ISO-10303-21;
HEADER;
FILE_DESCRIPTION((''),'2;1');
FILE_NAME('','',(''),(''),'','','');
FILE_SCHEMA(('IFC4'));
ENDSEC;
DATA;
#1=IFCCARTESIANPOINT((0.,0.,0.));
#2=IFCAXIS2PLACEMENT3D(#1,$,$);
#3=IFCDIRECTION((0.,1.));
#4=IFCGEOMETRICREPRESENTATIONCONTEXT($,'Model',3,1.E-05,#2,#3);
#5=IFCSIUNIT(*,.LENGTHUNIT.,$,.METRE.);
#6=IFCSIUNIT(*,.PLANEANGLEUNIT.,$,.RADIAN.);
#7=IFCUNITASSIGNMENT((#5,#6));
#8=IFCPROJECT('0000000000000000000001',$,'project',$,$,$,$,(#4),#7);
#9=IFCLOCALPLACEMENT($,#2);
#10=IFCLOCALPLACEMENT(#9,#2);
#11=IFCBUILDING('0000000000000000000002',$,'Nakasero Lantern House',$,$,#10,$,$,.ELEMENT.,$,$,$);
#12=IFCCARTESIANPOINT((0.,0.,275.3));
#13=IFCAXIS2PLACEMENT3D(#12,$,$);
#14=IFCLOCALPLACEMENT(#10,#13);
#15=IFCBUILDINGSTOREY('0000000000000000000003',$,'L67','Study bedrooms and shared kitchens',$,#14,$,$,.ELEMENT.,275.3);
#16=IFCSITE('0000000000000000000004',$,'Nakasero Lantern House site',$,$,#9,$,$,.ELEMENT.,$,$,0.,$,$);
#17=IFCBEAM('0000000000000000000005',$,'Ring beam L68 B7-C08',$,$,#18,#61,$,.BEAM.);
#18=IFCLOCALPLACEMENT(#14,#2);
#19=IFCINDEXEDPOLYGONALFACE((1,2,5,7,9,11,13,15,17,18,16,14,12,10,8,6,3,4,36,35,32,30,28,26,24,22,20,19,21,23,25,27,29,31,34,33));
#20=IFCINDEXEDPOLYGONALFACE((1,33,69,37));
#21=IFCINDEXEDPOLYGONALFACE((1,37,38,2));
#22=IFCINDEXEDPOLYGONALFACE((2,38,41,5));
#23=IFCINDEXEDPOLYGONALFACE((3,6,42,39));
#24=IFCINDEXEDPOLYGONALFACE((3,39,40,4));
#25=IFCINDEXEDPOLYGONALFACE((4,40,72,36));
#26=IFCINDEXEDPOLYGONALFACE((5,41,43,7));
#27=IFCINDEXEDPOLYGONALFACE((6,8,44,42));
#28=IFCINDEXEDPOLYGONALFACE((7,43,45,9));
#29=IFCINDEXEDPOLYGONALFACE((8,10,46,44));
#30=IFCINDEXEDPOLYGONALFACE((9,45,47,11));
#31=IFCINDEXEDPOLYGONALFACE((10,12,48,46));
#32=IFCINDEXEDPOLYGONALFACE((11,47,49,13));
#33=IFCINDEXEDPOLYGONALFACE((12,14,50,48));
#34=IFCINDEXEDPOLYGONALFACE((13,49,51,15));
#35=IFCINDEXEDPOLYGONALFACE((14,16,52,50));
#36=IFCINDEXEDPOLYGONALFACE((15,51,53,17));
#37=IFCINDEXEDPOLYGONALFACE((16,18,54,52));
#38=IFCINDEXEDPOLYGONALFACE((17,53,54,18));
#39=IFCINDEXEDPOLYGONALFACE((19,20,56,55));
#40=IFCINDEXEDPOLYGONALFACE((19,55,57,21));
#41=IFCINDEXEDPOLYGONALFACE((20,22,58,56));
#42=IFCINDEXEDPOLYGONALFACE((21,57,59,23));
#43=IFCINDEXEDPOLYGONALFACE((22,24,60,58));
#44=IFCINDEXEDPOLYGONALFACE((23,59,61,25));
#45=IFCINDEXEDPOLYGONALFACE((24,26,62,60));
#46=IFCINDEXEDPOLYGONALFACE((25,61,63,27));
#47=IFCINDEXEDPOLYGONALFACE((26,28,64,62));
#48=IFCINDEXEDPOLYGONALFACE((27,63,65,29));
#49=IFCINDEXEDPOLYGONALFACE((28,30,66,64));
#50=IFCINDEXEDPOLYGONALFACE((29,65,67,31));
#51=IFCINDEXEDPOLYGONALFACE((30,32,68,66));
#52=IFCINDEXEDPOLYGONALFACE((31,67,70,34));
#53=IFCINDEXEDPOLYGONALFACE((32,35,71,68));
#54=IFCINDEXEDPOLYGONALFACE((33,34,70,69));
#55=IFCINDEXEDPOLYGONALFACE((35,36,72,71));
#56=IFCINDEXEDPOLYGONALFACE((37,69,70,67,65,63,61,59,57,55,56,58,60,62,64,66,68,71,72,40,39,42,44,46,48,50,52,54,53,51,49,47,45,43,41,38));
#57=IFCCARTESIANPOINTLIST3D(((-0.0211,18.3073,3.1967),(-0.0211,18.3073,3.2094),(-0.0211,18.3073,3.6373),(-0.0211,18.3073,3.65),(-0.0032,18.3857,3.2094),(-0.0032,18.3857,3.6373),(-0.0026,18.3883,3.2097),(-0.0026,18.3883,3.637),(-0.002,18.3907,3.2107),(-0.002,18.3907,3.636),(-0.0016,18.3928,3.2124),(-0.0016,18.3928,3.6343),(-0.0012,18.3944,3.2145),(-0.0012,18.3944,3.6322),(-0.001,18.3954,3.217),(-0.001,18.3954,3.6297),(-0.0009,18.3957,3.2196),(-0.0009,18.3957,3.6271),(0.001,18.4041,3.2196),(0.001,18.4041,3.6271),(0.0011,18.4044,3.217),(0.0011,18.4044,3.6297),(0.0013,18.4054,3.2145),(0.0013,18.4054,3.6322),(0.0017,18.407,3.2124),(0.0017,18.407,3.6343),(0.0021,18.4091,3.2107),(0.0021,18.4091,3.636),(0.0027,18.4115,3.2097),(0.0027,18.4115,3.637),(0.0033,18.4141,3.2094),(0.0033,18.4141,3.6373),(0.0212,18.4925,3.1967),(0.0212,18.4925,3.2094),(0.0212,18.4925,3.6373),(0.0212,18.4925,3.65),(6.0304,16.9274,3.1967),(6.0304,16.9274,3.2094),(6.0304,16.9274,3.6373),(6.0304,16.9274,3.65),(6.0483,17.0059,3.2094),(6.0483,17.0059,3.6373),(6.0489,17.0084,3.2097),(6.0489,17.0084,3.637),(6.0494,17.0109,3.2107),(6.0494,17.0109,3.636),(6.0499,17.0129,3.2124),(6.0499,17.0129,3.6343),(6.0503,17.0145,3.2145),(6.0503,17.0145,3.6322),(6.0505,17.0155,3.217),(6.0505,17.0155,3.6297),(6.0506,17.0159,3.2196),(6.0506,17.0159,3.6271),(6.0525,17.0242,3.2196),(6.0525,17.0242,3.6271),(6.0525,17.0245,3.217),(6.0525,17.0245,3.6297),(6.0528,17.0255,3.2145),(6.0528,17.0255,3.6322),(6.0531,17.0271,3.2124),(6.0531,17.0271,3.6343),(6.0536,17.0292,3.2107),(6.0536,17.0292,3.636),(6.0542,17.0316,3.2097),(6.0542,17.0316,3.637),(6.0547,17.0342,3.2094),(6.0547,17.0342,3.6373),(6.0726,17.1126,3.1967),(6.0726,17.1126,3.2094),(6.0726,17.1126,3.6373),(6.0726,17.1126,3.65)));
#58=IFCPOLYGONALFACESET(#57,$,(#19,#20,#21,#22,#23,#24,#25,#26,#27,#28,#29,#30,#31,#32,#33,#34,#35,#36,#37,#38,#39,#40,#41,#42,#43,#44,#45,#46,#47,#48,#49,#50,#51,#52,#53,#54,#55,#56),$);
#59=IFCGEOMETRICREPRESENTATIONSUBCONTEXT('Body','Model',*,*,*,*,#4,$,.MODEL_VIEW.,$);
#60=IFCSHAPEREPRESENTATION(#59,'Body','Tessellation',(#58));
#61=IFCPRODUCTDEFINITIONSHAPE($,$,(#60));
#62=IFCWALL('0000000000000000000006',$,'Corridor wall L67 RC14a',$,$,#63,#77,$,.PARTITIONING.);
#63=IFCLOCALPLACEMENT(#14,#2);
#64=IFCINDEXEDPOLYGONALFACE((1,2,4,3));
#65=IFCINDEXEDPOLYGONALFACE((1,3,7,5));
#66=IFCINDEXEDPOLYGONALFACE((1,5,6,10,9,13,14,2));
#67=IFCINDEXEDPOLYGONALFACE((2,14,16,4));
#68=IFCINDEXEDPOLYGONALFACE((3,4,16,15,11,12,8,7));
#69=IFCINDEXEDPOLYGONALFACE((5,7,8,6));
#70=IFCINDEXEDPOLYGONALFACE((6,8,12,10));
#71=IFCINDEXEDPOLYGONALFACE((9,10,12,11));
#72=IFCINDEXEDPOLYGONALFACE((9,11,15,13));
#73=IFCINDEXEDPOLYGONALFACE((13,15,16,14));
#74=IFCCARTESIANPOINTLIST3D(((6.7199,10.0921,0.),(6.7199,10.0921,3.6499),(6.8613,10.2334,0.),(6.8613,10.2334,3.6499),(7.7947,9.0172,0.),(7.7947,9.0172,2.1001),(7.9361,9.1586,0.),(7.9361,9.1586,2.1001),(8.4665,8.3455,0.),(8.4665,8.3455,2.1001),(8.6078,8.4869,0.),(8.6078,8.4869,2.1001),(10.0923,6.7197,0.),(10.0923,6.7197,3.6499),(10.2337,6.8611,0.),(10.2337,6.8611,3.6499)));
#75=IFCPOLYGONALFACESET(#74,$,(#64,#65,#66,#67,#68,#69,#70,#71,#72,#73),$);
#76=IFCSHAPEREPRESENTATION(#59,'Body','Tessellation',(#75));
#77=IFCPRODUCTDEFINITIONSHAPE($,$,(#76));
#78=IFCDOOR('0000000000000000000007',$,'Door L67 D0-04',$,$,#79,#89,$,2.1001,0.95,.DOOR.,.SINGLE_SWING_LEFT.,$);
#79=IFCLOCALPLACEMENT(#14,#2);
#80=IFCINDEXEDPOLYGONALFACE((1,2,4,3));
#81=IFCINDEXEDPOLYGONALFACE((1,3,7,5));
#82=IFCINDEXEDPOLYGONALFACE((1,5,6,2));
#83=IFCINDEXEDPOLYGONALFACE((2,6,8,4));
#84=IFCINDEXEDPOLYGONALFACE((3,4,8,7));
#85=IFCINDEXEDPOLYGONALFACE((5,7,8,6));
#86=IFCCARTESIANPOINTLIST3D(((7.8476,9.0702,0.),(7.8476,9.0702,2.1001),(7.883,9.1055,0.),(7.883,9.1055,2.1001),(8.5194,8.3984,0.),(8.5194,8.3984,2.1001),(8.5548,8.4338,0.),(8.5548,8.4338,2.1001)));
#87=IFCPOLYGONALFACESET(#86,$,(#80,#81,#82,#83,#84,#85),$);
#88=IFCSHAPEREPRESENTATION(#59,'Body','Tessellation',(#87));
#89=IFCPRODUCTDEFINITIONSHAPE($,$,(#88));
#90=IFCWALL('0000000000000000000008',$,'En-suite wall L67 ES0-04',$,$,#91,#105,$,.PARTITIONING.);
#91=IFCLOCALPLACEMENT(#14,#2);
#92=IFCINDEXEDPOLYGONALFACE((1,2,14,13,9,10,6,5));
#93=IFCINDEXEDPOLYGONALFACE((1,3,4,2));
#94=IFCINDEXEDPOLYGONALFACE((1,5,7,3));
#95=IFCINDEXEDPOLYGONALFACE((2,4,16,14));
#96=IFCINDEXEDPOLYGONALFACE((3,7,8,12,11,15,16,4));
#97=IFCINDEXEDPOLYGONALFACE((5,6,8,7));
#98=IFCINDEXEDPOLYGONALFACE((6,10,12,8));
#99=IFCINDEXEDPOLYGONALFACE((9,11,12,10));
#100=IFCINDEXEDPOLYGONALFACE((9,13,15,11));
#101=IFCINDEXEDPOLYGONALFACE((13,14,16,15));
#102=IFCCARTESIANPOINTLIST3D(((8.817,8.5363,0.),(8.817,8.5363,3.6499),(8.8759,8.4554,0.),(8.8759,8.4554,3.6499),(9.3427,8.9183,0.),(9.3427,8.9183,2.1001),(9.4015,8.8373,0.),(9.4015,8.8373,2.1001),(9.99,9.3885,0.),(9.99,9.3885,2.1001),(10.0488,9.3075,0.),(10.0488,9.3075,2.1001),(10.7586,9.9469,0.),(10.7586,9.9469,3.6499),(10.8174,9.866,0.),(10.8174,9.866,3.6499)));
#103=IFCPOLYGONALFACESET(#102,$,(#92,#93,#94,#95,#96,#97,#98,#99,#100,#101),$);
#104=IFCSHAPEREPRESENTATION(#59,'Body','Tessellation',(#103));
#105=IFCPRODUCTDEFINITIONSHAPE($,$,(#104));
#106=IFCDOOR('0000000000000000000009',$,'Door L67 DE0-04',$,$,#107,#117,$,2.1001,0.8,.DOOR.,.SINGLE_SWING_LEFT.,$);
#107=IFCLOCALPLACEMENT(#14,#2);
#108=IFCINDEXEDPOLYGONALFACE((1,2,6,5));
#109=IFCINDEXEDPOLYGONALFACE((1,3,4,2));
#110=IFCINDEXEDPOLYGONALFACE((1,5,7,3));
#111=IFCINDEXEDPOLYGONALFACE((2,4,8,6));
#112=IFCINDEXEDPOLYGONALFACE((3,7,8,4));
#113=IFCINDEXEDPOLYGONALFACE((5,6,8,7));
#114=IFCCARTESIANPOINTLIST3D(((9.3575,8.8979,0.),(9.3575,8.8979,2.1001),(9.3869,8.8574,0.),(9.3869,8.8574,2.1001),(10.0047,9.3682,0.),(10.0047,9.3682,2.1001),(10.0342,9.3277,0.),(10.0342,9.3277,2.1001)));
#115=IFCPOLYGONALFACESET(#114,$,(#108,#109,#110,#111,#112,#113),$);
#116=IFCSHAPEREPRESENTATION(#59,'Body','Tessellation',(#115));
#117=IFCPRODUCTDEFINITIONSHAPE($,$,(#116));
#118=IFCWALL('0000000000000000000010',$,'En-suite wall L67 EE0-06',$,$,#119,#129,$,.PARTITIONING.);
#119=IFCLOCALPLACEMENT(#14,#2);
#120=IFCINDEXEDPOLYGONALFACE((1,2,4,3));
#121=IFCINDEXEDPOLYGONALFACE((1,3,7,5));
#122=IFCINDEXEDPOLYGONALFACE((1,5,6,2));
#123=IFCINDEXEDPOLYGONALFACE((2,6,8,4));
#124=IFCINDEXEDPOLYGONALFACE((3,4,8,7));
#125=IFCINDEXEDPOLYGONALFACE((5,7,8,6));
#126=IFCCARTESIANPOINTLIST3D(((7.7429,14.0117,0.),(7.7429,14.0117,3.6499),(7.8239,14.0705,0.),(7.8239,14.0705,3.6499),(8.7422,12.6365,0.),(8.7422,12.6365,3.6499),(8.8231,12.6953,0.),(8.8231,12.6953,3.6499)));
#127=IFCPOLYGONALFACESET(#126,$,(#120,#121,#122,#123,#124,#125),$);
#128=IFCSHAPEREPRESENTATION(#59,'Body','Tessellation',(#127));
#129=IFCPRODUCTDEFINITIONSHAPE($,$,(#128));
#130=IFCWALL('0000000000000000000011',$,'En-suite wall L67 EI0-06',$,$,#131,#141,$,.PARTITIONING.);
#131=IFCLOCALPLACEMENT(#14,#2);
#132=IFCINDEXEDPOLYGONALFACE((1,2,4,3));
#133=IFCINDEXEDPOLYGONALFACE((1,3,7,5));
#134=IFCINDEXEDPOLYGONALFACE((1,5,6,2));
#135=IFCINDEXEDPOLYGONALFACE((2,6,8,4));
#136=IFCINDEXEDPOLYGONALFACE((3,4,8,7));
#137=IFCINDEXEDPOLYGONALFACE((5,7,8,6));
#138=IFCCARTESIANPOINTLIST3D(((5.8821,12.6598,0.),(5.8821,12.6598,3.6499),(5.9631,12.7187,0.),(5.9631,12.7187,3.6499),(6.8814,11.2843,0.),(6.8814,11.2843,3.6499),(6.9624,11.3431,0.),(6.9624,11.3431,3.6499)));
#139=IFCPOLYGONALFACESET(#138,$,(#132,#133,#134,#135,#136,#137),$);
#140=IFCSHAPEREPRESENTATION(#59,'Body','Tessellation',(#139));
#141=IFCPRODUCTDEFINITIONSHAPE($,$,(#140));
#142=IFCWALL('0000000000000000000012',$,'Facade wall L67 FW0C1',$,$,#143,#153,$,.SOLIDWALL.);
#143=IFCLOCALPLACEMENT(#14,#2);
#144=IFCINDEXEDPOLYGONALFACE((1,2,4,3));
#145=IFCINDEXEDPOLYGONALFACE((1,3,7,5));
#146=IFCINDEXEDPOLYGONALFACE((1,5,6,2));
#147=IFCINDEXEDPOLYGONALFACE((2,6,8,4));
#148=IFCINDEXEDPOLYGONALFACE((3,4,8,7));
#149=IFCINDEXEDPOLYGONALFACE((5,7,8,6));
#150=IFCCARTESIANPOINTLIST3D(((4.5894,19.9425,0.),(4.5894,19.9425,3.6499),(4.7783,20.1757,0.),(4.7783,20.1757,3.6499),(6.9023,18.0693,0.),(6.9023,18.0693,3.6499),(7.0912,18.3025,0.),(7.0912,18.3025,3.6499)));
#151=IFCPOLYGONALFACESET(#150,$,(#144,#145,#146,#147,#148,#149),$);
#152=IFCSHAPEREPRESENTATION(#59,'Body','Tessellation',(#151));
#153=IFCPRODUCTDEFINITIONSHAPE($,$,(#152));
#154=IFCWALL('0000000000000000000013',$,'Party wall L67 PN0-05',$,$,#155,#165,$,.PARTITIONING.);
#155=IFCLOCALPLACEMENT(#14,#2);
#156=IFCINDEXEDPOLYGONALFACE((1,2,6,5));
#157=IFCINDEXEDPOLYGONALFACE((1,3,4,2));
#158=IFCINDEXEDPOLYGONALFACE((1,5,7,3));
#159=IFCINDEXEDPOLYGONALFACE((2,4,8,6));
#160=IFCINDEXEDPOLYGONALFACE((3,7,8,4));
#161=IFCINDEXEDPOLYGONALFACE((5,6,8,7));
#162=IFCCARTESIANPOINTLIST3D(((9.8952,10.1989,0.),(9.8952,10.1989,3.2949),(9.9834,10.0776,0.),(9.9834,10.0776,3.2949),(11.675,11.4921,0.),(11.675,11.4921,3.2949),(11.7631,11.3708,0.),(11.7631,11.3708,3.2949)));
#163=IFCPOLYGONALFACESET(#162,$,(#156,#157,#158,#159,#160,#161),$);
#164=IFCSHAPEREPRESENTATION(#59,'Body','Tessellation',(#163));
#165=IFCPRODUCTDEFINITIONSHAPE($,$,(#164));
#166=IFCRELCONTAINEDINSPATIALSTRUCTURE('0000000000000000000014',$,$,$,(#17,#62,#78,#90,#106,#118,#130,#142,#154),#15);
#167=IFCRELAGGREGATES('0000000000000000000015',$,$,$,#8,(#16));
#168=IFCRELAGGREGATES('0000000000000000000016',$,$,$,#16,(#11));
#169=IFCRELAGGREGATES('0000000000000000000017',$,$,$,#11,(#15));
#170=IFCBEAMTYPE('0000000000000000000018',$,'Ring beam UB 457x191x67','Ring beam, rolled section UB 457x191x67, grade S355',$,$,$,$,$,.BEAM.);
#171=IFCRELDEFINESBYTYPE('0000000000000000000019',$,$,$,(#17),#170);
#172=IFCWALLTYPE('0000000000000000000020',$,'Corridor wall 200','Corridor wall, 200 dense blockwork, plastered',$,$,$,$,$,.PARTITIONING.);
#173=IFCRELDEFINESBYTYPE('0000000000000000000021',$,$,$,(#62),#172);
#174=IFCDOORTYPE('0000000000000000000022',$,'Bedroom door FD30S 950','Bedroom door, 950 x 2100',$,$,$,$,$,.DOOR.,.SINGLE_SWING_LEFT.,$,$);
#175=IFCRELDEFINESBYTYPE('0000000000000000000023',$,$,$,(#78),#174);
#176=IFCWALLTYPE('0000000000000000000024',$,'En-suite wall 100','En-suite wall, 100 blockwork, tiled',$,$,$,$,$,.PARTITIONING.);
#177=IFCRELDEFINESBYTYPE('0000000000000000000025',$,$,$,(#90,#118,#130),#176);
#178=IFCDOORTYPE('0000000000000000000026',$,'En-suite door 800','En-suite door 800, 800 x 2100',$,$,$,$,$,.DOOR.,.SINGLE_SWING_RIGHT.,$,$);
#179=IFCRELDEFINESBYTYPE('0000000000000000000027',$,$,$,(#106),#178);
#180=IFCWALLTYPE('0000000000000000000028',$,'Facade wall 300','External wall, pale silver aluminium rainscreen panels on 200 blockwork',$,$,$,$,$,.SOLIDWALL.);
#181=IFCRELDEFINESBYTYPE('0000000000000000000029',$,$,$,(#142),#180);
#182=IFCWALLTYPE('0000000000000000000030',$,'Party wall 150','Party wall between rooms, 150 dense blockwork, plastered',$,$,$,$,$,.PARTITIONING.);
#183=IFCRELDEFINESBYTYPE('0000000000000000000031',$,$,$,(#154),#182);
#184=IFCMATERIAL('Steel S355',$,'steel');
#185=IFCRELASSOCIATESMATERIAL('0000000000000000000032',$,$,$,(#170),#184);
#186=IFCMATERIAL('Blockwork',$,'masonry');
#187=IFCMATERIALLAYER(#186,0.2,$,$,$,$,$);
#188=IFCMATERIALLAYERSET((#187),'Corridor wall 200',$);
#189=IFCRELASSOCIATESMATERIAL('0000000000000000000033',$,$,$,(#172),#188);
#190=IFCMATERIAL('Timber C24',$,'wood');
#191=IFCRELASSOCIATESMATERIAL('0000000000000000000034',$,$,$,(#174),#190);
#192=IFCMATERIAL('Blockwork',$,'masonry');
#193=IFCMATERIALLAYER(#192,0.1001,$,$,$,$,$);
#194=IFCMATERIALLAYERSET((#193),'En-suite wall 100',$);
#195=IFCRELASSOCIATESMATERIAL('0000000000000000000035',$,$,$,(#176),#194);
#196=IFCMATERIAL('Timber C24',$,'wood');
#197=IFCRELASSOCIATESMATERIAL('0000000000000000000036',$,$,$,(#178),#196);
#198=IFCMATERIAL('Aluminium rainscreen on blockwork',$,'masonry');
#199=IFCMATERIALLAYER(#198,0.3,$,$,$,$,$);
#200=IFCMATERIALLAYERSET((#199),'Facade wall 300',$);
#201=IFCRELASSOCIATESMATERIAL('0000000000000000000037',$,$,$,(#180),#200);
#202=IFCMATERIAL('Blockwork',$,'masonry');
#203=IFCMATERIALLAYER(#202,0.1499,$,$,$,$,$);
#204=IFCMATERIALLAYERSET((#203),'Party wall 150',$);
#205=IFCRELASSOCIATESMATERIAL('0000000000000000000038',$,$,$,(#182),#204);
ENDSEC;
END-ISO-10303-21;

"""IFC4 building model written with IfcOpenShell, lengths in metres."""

from ifc_helpers import new_model, si_unit, direction, frame, frame_2d, origin, origin_2d, place, context, subcontext, project, spatial, rectangle, i_section, extrude, material, layer, layer_set, material_profile, profile_set, type_object, element, fill, save


model = new_model("IFC4")

# Units and contexts
model_context = context("Model", 3, precision=1e-05, world=origin(), true_north=direction((0.0, 1.0)))
body_context = subcontext(model_context, "Body", "Model", "MODEL_VIEW")
ifc_project = project(units=[si_unit("LENGTHUNIT", "METRE"), si_unit("PLANEANGLEUNIT", "RADIAN")], contexts=[model_context])

# Site, building, storey
site_placement = place(None, origin())
site = spatial("IfcSite", under=ifc_project, at=site_placement, Name="Nakasero Lantern House site", CompositionType="ELEMENT", RefElevation=0.0)
building_placement = place(site_placement, origin())
building = spatial("IfcBuilding", under=site, at=building_placement, Name="Nakasero Lantern House", CompositionType="ELEMENT")
storey_placement = place(building_placement, frame((0.0, 0.0, 275.3)))
storey = spatial("IfcBuildingStorey", under=building, at=storey_placement, Name="L67", Description="Study bedrooms and shared kitchens", CompositionType="ELEMENT", Elevation=275.3)

# Beam
ifc_material_1 = material(Name="Steel S355", Category="steel")
ifc_material_profile_1 = material_profile(ifc_material_1, i_section(OverallWidth=0.1899, OverallDepth=0.4534, WebThickness=0.0085, FlangeThickness=0.0127, FilletRadius=0.0103, at=origin_2d()), Name="UB 457x191x67")
ifc_profile_set_1 = profile_set([ifc_material_profile_1], Name="Steel S355")
beam_type_1 = type_object("IfcBeamType", Name="Ring beam UB 457x191x67", Description="Ring beam, rolled section UB 457x191x67, grade S355", PredefinedType="BEAM", material=ifc_profile_set_1)
beam_1_placement = place(storey_placement, frame((6.0515, 17.02, 3.4233), z_axis=(-0.974975, 0.222316, 0.0), x_axis=(-0.222316, -0.974975, 0.0)))
element("IfcBeam", 1, at=beam_1_placement, inside=storey, type_object=beam_type_1, Name="Ring beam L68 B7-C08", PredefinedType="BEAM", context=body_context, shape_type="SweptSolid", body=[
    extrude(i_section(OverallWidth=0.1899, OverallDepth=0.4534, WebThickness=0.0085, FlangeThickness=0.0127, FilletRadius=0.0103, at=origin_2d()), origin(), (0.0, 0.0, 1.0), 6.2068),
])

# Walls, openings, doors
ifc_material_2 = material(Name="Blockwork", Category="masonry")
ifc_layer_1 = layer(ifc_material_2, 0.2)
ifc_layer_set_1 = layer_set([ifc_layer_1], Name="Corridor wall 200")
wall_type_1 = type_object("IfcWallType", Name="Corridor wall 200", Description="Corridor wall, 200 dense blockwork, plastered", PredefinedType="PARTITIONING", material=ifc_layer_set_1)
wall_1_placement = place(storey_placement, frame((6.7905, 10.1628, 0.0), z_axis=(0.0, 0.0, 1.0), x_axis=(0.707107, -0.707107, 0.0)))
wall_1 = element("IfcWall", 2, at=wall_1_placement, inside=storey, type_object=wall_type_1, Name="Corridor wall L67 RC14a", PredefinedType="PARTITIONING", context=body_context, shape_type="SweptSolid", body=[
    extrude(rectangle(XDim=4.7693, YDim=0.2, at=frame_2d((2.3848, 0.0))), origin(), (0.0, 0.0, 1.0), 3.6499),
])
opening_1_placement = place(wall_1_placement, frame((1.52, 0.0, 0.0)))
opening_1 = element("IfcOpeningElement", 3, at=opening_1_placement, cuts=wall_1, PredefinedType="OPENING", context=body_context, shape_type="SweptSolid", body=[
    extrude(rectangle(XDim=0.95, YDim=2.1001, at=frame_2d((0.4751, 1.05))), frame((0.0, 0.1199, 0.0), z_axis=(0.0, -1.0, 0.0), x_axis=(1.0, 0.0, 0.0)), (0.0, 0.0, 1.0), 0.24),
])
ifc_material_3 = material(Name="Timber C24", Category="wood")
door_type_1 = type_object("IfcDoorType", Name="Bedroom door FD30S 950", Description="Bedroom door, 950 x 2100", OperationType="SINGLE_SWING_LEFT", PredefinedType="DOOR", material=ifc_material_3)
door_1_placement = place(opening_1_placement, origin())
door_1 = element("IfcDoor", 4, at=door_1_placement, inside=storey, type_object=door_type_1, Name="Door L67 D0-04", OperationType="SINGLE_SWING_LEFT", OverallHeight=2.1001, OverallWidth=0.95, PredefinedType="DOOR", context=body_context, shape_type="SweptSolid", body=[
    extrude(rectangle(XDim=0.95, YDim=2.1001, at=frame_2d((0.4751, 1.05))), frame((0.0, 0.0249, 0.0), z_axis=(0.0, -1.0, 0.0), x_axis=(1.0, 0.0, 0.0)), (0.0, 0.0, 1.0), 0.05),
])
fill(opening_1, door_1)
ifc_material_4 = material(Name="Blockwork", Category="masonry")
ifc_layer_2 = layer(ifc_material_4, 0.1001)
ifc_layer_set_2 = layer_set([ifc_layer_2], Name="En-suite wall 100")
wall_type_2 = type_object("IfcWallType", Name="En-suite wall 100", Description="En-suite wall, 100 blockwork, tiled", PredefinedType="PARTITIONING", material=ifc_layer_set_2)
wall_2_placement = place(storey_placement, frame((8.8464, 8.4958, 0.0), z_axis=(0.0, 0.0, 1.0), x_axis=(0.809026, 0.587772, 0.0)))
wall_2 = element("IfcWall", 5, at=wall_2_placement, inside=storey, type_object=wall_type_2, Name="En-suite wall L67 ES0-04", PredefinedType="PARTITIONING", context=body_context, shape_type="SweptSolid", body=[
    extrude(rectangle(XDim=2.3999, YDim=0.1001, at=frame_2d((1.2, 0.0))), origin(), (0.0, 0.0, 1.0), 3.6499),
])
opening_2_placement = place(wall_2_placement, frame((0.6499, 0.0, 0.0)))
opening_2 = element("IfcOpeningElement", 6, at=opening_2_placement, cuts=wall_2, PredefinedType="OPENING", context=body_context, shape_type="SweptSolid", body=[
    extrude(rectangle(XDim=0.8, YDim=2.1001, at=frame_2d((0.3999, 1.05))), frame((0.0, 0.0701, 0.0), z_axis=(0.0, -1.0, 0.0), x_axis=(1.0, 0.0, 0.0)), (0.0, 0.0, 1.0), 0.1401),
])
ifc_material_5 = material(Name="Timber C24", Category="wood")
door_type_2 = type_object("IfcDoorType", Name="En-suite door 800", Description="En-suite door 800, 800 x 2100", OperationType="SINGLE_SWING_RIGHT", PredefinedType="DOOR", material=ifc_material_5)
door_2_placement = place(opening_2_placement, origin())
door_2 = element("IfcDoor", 7, at=door_2_placement, inside=storey, type_object=door_type_2, Name="Door L67 DE0-04", OperationType="SINGLE_SWING_LEFT", OverallHeight=2.1001, OverallWidth=0.8, PredefinedType="DOOR", context=body_context, shape_type="SweptSolid", body=[
    extrude(rectangle(XDim=0.8, YDim=2.1001, at=frame_2d((0.3999, 1.05))), frame((0.0, 0.0249, 0.0), z_axis=(0.0, -1.0, 0.0), x_axis=(1.0, 0.0, 0.0)), (0.0, 0.0, 1.0), 0.05),
])
fill(opening_2, door_2)

# Walls
wall_3_placement = place(storey_placement, frame((8.7827, 12.6658, 0.0), z_axis=(0.0, 0.0, 1.0), x_axis=(-0.587822, 0.808991, 0.0)))
element("IfcWall", 8, at=wall_3_placement, inside=storey, type_object=wall_type_2, Name="En-suite wall L67 EE0-06", PredefinedType="PARTITIONING", context=body_context, shape_type="SweptSolid", body=[
    extrude(rectangle(XDim=1.7, YDim=0.1001, at=frame_2d((0.8501, 0.0))), origin(), (0.0, 0.0, 1.0), 3.6499),
])
wall_4_placement = place(storey_placement, frame((6.9219, 11.3137, 0.0), z_axis=(0.0, 0.0, 1.0), x_axis=(-0.587753, 0.80904, 0.0)))
element("IfcWall", 9, at=wall_4_placement, inside=storey, type_object=wall_type_2, Name="En-suite wall L67 EI0-06", PredefinedType="PARTITIONING", context=body_context, shape_type="SweptSolid", body=[
    extrude(rectangle(XDim=1.7002, YDim=0.1001, at=frame_2d((0.8501, 0.0))), origin(), (0.0, 0.0, 1.0), 3.6499),
])
ifc_material_6 = material(Name="Aluminium rainscreen on blockwork", Category="masonry")
ifc_layer_3 = layer(ifc_material_6, 0.3)
ifc_layer_set_3 = layer_set([ifc_layer_3], Name="Facade wall 300")
wall_type_3 = type_object("IfcWallType", Name="Facade wall 300", Description="External wall, pale silver aluminium rainscreen panels on 200 blockwork", PredefinedType="SOLIDWALL", material=ifc_layer_set_3)
wall_5_placement = place(storey_placement, frame((6.9968, 18.1858, 0.0), z_axis=(0.0, 0.0, 1.0), x_axis=(-0.777102, 0.629375, 0.0)))
element("IfcWall", 10, at=wall_5_placement, inside=storey, type_object=wall_type_3, Name="Facade wall L67 FW0C1", PredefinedType="SOLIDWALL", context=body_context, shape_type="SweptSolid", body=[
    extrude(rectangle(XDim=2.9763, YDim=0.3, at=frame_2d((1.4883, 0.0))), origin(), (0.0, 0.0, 1.0), 3.6499),
])
ifc_material_7 = material(Name="Blockwork", Category="masonry")
ifc_layer_4 = layer(ifc_material_7, 0.1499)
ifc_layer_set_4 = layer_set([ifc_layer_4], Name="Party wall 150")
wall_type_4 = type_object("IfcWallType", Name="Party wall 150", Description="Party wall between rooms, 150 dense blockwork, plastered", PredefinedType="PARTITIONING", material=ifc_layer_set_4)
wall_6_placement = place(storey_placement, frame((9.9392, 10.1382, 0.0), z_axis=(0.0, 0.0, 1.0), x_axis=(0.80899, 0.587822, 0.0)))
element("IfcWall", 11, at=wall_6_placement, inside=storey, type_object=wall_type_4, Name="Party wall L67 PN0-05", PredefinedType="PARTITIONING", context=body_context, shape_type="SweptSolid", body=[
    extrude(rectangle(XDim=2.2, YDim=0.1499, at=frame_2d((1.1001, 0.0))), origin(), (0.0, 0.0, 1.0), 3.2949),
])

save(model, "model.ifc")
